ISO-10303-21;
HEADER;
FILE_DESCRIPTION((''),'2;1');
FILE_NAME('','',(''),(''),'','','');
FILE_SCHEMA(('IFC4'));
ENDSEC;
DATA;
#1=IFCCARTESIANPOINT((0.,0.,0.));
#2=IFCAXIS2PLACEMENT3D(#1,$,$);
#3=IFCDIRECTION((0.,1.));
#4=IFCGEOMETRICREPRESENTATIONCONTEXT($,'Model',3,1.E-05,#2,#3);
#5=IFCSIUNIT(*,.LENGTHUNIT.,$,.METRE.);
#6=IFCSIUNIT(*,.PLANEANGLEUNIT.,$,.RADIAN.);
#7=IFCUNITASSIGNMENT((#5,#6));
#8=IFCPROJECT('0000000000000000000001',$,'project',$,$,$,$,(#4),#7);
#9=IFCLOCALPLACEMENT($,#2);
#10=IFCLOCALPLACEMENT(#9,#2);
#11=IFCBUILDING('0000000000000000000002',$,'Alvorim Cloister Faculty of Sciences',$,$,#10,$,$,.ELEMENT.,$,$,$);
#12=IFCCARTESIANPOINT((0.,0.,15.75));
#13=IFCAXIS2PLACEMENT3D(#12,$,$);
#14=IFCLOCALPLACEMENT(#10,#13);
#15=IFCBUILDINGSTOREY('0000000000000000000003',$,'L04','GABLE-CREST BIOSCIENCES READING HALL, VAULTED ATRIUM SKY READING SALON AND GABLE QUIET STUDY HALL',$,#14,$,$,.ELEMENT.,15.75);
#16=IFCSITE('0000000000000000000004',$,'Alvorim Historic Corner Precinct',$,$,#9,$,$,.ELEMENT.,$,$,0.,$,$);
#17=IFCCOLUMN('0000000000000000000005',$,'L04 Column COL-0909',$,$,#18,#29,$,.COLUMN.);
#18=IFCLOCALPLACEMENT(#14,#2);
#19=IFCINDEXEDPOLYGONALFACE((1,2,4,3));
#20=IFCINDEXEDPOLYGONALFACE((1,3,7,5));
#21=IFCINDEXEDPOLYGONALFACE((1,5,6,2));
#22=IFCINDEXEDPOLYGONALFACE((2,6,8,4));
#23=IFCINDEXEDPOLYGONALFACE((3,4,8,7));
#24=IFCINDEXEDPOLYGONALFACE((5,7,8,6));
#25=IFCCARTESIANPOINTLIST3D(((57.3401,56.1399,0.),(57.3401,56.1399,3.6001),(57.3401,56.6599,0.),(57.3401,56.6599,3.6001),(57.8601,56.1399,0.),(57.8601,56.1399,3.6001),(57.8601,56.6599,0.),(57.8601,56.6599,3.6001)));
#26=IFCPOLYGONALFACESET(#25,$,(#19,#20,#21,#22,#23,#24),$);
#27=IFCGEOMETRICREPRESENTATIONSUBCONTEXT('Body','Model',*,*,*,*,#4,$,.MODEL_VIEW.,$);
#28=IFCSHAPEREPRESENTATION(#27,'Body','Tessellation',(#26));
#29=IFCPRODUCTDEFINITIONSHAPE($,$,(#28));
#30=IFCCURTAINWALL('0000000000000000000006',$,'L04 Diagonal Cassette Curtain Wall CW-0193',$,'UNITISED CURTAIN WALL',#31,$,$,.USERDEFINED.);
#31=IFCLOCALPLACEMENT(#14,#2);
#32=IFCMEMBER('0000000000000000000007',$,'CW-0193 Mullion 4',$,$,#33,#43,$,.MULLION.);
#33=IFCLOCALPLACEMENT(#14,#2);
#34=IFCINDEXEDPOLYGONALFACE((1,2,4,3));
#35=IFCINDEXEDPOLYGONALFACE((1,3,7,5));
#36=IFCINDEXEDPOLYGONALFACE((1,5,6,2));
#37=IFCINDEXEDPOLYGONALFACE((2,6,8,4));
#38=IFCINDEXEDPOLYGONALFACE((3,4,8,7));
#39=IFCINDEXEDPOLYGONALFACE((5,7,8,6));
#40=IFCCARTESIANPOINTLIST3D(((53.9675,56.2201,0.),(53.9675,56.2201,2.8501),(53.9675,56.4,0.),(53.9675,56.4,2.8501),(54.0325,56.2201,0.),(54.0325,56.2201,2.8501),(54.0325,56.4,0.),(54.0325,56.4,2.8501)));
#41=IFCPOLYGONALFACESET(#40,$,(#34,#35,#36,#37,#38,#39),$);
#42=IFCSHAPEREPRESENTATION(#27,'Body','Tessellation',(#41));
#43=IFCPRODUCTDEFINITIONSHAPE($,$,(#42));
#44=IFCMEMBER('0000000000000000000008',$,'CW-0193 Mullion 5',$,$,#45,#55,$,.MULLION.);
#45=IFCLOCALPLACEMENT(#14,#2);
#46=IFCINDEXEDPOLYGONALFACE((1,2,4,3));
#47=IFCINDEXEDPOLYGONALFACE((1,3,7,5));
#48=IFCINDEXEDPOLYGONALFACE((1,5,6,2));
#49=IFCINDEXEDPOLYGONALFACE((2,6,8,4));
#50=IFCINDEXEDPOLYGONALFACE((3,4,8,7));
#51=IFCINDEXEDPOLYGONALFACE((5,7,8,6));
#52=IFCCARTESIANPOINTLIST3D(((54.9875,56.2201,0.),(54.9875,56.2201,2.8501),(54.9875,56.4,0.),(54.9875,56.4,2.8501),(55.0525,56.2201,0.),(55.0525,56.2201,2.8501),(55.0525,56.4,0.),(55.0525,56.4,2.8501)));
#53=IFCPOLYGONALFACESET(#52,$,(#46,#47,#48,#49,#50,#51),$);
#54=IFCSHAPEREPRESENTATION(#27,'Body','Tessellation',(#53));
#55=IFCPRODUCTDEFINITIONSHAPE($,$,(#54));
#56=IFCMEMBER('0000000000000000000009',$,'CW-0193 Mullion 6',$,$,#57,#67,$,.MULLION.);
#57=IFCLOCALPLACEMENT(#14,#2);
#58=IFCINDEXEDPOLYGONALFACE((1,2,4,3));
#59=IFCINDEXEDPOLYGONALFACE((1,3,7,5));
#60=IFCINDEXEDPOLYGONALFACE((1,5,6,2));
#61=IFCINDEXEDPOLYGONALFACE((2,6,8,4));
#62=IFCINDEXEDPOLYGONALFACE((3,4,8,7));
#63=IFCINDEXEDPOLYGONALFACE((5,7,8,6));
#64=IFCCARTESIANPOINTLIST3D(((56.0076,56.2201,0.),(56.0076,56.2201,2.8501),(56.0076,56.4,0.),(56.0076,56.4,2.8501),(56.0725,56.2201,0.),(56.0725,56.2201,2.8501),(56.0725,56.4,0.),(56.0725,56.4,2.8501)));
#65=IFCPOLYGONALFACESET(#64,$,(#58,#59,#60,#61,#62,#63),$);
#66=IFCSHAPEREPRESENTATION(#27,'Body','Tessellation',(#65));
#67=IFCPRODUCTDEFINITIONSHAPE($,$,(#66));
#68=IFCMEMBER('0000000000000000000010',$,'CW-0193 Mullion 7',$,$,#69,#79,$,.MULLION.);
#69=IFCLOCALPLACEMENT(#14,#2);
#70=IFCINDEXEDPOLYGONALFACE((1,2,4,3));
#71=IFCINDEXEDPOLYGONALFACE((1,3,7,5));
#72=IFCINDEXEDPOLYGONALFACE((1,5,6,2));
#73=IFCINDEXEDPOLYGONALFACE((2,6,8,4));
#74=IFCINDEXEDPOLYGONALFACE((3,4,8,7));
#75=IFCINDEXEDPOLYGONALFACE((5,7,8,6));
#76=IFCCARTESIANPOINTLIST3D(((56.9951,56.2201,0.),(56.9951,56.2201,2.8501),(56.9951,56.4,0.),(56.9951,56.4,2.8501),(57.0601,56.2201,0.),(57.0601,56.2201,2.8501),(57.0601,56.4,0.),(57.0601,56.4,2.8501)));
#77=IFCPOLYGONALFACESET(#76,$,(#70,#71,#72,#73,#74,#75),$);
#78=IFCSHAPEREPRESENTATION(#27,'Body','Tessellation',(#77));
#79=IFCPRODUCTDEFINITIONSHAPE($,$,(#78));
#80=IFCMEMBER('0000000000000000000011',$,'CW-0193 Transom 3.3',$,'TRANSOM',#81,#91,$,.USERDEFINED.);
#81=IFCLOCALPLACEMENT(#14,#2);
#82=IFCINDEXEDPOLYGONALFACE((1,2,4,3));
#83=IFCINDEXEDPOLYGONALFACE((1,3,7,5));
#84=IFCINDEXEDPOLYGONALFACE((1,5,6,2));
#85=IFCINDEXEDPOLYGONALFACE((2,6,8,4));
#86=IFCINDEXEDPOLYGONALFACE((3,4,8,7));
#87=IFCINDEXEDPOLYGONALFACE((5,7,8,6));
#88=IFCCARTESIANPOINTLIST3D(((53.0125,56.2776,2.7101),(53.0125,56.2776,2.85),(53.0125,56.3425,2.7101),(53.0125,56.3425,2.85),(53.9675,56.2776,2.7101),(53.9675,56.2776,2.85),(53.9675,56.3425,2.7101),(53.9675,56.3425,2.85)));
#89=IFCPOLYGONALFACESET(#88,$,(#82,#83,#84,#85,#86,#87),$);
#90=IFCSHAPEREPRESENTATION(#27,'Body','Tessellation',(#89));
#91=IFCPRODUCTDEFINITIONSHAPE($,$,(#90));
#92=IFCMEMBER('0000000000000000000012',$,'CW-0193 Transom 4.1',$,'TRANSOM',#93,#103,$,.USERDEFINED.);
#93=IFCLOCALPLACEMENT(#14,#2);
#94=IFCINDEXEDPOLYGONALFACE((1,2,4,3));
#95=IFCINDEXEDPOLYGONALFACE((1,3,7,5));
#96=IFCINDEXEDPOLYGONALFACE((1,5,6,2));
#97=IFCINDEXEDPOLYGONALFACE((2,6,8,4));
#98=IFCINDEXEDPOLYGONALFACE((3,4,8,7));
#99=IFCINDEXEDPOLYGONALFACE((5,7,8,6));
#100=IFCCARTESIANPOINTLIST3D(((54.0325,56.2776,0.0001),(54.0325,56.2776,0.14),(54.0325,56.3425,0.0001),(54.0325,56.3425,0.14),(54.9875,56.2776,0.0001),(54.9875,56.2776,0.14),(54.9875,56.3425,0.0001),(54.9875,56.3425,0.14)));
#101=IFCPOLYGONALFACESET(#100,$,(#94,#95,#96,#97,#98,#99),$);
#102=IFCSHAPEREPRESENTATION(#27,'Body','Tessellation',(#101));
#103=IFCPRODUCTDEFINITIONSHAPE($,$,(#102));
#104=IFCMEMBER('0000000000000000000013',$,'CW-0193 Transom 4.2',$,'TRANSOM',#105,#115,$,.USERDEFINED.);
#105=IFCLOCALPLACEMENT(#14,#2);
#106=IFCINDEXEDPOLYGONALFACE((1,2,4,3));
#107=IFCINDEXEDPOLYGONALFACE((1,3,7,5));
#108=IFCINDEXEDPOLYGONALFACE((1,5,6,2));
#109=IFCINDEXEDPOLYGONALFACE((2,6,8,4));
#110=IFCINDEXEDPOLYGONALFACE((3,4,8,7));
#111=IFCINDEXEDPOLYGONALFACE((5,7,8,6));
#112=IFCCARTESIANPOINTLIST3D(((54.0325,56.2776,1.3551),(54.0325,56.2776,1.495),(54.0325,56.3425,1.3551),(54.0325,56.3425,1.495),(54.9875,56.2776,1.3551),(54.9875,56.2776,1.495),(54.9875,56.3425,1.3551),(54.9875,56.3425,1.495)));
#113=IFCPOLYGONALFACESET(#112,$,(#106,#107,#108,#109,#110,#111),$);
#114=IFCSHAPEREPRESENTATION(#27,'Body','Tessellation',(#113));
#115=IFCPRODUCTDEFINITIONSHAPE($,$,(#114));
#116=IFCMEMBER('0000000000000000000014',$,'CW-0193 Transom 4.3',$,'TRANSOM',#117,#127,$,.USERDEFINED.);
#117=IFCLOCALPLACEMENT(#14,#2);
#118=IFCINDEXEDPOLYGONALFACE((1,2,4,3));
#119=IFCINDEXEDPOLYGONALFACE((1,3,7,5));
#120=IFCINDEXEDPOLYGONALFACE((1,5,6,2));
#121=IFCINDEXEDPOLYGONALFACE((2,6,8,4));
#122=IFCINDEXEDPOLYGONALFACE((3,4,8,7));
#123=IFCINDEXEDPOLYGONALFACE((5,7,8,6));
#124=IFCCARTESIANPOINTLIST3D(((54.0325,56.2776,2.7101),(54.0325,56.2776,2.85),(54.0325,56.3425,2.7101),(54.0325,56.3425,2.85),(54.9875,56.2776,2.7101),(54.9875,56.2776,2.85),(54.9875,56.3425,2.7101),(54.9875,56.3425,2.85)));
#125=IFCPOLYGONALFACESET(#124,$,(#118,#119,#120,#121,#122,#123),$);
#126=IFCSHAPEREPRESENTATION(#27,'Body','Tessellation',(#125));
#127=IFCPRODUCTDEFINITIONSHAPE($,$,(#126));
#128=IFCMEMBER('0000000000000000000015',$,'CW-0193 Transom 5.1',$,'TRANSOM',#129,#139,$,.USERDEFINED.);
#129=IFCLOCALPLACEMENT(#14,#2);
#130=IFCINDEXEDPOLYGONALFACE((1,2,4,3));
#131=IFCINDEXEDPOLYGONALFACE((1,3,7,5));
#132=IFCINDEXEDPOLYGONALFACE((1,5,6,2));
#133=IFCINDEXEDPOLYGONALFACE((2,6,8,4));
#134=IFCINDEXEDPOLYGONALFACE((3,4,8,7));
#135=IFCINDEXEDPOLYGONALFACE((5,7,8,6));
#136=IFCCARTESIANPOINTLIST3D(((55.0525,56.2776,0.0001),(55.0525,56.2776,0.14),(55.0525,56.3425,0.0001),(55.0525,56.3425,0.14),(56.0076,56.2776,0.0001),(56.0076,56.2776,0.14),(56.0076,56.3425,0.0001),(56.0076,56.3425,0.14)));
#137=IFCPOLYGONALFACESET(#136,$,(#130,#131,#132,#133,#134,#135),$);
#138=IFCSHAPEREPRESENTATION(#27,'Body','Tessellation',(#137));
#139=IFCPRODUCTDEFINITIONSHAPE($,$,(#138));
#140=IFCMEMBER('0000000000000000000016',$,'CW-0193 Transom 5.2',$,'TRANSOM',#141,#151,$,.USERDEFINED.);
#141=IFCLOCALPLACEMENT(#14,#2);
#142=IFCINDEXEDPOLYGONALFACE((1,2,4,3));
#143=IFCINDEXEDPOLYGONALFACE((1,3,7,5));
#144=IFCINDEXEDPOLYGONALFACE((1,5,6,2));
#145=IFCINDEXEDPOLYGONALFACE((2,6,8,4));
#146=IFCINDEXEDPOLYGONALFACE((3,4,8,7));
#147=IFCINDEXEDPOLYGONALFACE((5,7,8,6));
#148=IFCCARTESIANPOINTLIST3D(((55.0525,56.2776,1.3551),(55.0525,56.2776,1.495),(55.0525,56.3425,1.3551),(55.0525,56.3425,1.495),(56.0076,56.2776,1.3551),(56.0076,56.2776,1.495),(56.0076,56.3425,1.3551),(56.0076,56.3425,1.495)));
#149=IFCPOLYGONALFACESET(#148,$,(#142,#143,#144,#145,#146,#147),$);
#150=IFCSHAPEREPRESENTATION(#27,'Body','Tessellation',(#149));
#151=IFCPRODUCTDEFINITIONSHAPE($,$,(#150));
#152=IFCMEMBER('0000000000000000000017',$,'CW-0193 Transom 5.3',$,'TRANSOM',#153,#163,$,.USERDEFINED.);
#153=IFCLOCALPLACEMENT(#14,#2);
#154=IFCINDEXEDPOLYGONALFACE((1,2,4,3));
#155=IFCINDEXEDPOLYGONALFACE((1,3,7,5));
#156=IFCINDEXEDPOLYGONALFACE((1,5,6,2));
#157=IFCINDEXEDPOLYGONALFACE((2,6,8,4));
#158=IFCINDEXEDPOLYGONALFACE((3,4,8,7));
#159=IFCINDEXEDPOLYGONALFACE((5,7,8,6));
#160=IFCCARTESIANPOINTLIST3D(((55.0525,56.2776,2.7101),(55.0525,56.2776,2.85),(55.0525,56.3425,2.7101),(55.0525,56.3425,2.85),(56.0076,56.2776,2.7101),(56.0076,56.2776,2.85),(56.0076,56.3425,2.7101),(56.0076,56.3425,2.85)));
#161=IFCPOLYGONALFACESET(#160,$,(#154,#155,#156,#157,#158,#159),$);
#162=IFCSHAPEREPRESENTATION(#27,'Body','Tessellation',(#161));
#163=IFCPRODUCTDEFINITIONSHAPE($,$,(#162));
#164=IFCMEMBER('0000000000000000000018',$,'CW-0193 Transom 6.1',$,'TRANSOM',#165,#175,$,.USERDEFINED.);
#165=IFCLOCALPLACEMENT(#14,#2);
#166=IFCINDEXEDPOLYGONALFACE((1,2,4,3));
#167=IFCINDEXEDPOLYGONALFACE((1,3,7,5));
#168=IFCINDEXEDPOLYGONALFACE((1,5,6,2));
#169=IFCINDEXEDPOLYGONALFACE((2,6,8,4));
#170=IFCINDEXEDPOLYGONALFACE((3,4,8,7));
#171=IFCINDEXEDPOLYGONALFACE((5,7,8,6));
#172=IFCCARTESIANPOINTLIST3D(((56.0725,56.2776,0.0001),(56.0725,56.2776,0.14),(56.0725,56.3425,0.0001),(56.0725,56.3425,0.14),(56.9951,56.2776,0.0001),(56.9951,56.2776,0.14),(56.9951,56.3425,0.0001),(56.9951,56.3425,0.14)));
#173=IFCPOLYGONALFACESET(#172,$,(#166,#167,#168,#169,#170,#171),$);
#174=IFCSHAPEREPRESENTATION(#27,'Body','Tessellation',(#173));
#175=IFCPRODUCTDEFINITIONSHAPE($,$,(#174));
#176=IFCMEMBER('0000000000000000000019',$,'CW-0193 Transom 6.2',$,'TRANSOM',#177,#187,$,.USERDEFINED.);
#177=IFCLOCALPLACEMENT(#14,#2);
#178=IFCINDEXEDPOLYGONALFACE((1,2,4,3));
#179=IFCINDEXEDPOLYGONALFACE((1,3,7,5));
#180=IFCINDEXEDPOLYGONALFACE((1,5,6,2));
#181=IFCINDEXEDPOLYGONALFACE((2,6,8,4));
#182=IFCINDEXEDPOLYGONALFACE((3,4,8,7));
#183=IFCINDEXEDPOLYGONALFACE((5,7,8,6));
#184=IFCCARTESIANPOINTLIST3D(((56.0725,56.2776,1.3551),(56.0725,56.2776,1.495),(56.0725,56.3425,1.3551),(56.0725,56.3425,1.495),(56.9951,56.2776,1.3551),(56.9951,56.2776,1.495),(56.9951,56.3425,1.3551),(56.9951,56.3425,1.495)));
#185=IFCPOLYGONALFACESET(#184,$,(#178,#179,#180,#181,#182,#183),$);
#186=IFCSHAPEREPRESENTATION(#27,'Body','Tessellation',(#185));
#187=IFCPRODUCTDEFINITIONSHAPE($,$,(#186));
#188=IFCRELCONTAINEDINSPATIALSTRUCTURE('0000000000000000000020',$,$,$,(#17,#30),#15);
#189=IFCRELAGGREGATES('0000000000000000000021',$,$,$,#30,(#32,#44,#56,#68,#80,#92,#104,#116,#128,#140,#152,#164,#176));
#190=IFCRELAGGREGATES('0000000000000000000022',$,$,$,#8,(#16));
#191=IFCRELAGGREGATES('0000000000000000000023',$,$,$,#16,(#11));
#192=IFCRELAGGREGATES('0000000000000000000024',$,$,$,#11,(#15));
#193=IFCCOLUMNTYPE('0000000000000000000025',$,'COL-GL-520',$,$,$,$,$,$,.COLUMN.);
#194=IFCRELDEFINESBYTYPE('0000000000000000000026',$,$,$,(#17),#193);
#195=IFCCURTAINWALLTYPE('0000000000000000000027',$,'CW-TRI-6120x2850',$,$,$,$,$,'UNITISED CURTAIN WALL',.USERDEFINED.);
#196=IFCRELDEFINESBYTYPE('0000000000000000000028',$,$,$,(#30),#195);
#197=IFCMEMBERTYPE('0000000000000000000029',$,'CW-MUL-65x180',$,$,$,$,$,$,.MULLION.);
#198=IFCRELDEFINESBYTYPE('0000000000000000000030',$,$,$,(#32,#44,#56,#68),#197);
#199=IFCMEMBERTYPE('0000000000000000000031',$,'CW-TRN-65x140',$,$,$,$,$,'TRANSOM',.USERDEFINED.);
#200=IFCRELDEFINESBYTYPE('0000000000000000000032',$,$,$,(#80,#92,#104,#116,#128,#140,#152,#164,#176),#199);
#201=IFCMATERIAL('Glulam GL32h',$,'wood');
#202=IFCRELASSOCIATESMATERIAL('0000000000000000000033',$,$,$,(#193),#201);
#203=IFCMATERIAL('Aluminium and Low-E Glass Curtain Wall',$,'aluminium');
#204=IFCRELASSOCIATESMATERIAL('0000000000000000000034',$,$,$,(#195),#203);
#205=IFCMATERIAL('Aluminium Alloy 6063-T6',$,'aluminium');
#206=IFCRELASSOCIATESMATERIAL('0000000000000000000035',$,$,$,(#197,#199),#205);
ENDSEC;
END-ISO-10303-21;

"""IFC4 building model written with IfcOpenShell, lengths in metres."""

from ifc_helpers import new_model, si_unit, direction, frame, origin, origin_2d, place, context, subcontext, project, spatial, rectangle, extrude, material, material_profile, profile_set, type_object, element, aggregate, save


model = new_model("IFC4")

# Units and contexts
model_context = context("Model", 3, precision=1e-05, world=origin(), true_north=direction((0.0, 1.0)))
body_context = subcontext(model_context, "Body", "Model", "MODEL_VIEW")
ifc_project = project(units=[si_unit("LENGTHUNIT", "METRE"), si_unit("PLANEANGLEUNIT", "RADIAN")], contexts=[model_context])

# Site, building, storey
site_placement = place(None, origin())
site = spatial("IfcSite", under=ifc_project, at=site_placement, Name="Alvorim Historic Corner Precinct", CompositionType="ELEMENT", RefElevation=0.0)
building_placement = place(site_placement, origin())
building = spatial("IfcBuilding", under=site, at=building_placement, Name="Alvorim Cloister Faculty of Sciences", CompositionType="ELEMENT")
storey_placement = place(building_placement, frame((0.0, 0.0, 15.75)))
storey = spatial("IfcBuildingStorey", under=building, at=storey_placement, Name="L04", Description="GABLE-CREST BIOSCIENCES READING HALL, VAULTED ATRIUM SKY READING SALON AND GABLE QUIET STUDY HALL", CompositionType="ELEMENT", Elevation=15.75)

# Column
ifc_material_1 = material(Name="Glulam GL32h", Category="wood")
ifc_material_profile_1 = material_profile(ifc_material_1, rectangle(XDim=0.52, YDim=0.52, at=origin_2d()), Name="GL32-COL-520x520")
ifc_profile_set_1 = profile_set([ifc_material_profile_1], Name="Glulam GL32h")
column_type = type_object("IfcColumnType", Name="COL-GL-520", PredefinedType="COLUMN", material=ifc_profile_set_1)
column_placement = place(storey_placement, frame((57.6001, 56.3999, 0.0), z_axis=(0.0, 0.0, 1.0), x_axis=(1.0, 0.0, 0.0)))
element("IfcColumn", 1, at=column_placement, inside=storey, type_object=column_type, Name="L04 Column COL-0909", PredefinedType="COLUMN", context=body_context, shape_type="SweptSolid", body=[
    extrude(rectangle(XDim=0.52, YDim=0.52, at=origin_2d()), origin(), (0.0, 0.0, 1.0), 3.6001),
])

# Curtain wall, members
ifc_material_2 = material(Name="Aluminium and Low-E Glass Curtain Wall", Category="aluminium")
curtain_wall_type = type_object("IfcCurtainWallType", Name="CW-TRI-6120x2850", ElementType="UNITISED CURTAIN WALL", PredefinedType="USERDEFINED", material=ifc_material_2)
curtain_wall_placement = place(storey_placement, origin())
curtain_wall = element("IfcCurtainWall", 2, at=curtain_wall_placement, inside=storey, type_object=curtain_wall_type, Name="L04 Diagonal Cassette Curtain Wall CW-0193", ObjectType="UNITISED CURTAIN WALL", PredefinedType="USERDEFINED")
ifc_material_3 = material(Name="Aluminium Alloy 6063-T6", Category="aluminium")
ifc_material_profile_2 = material_profile(ifc_material_3, rectangle(XDim=0.0649, YDim=0.1799, at=origin_2d()), Name="ALU-MUL-65x180")
ifc_profile_set_2 = profile_set([ifc_material_profile_2], Name="Aluminium Alloy 6063-T6")
member_type_1 = type_object("IfcMemberType", Name="CW-MUL-65x180", PredefinedType="MULLION", material=ifc_profile_set_2)
member_1_placement = place(storey_placement, frame((54.0, 56.3101, 0.0), z_axis=(0.0, 0.0, 1.0), x_axis=(1.0, 0.0, 0.0)))
member_1 = element("IfcMember", 3, at=member_1_placement, type_object=member_type_1, Name="CW-0193 Mullion 4", PredefinedType="MULLION", context=body_context, shape_type="SweptSolid", body=[
    extrude(rectangle(XDim=0.0649, YDim=0.1799, at=origin_2d()), origin(), (0.0, 0.0, 1.0), 2.8501),
])
member_2_placement = place(storey_placement, frame((55.02, 56.3101, 0.0), z_axis=(0.0, 0.0, 1.0), x_axis=(1.0, 0.0, 0.0)))
member_2 = element("IfcMember", 4, at=member_2_placement, type_object=member_type_1, Name="CW-0193 Mullion 5", PredefinedType="MULLION", context=body_context, shape_type="SweptSolid", body=[
    extrude(rectangle(XDim=0.0649, YDim=0.1799, at=origin_2d()), origin(), (0.0, 0.0, 1.0), 2.8501),
])
member_3_placement = place(storey_placement, frame((56.04, 56.3101, 0.0), z_axis=(0.0, 0.0, 1.0), x_axis=(1.0, 0.0, 0.0)))
member_3 = element("IfcMember", 5, at=member_3_placement, type_object=member_type_1, Name="CW-0193 Mullion 6", PredefinedType="MULLION", context=body_context, shape_type="SweptSolid", body=[
    extrude(rectangle(XDim=0.0649, YDim=0.1799, at=origin_2d()), origin(), (0.0, 0.0, 1.0), 2.8501),
])
member_4_placement = place(storey_placement, frame((57.0276, 56.3101, 0.0), z_axis=(0.0, 0.0, 1.0), x_axis=(1.0, 0.0, 0.0)))
member_4 = element("IfcMember", 6, at=member_4_placement, type_object=member_type_1, Name="CW-0193 Mullion 7", PredefinedType="MULLION", context=body_context, shape_type="SweptSolid", body=[
    extrude(rectangle(XDim=0.0649, YDim=0.1799, at=origin_2d()), origin(), (0.0, 0.0, 1.0), 2.8501),
])
ifc_material_profile_3 = material_profile(ifc_material_3, rectangle(XDim=0.0649, YDim=0.1399, at=origin_2d()), Name="ALU-TRN-65x140")
ifc_profile_set_3 = profile_set([ifc_material_profile_3], Name="Aluminium Alloy 6063-T6")
member_type_2 = type_object("IfcMemberType", Name="CW-TRN-65x140", ElementType="TRANSOM", PredefinedType="USERDEFINED", material=ifc_profile_set_3)
member_5_placement = place(storey_placement, frame((53.0125, 56.3101, 2.78), z_axis=(1.0, 0.0, 0.0), x_axis=(0.0, 1.0, 0.0)))
member_5 = element("IfcMember", 7, at=member_5_placement, type_object=member_type_2, Name="CW-0193 Transom 3.3", ObjectType="TRANSOM", PredefinedType="USERDEFINED", context=body_context, shape_type="SweptSolid", body=[
    extrude(rectangle(XDim=0.0649, YDim=0.1399, at=origin_2d()), origin(), (0.0, 0.0, 1.0), 0.9551),
])
member_6_placement = place(storey_placement, frame((54.0325, 56.3101, 0.0701), z_axis=(1.0, 0.0, 0.0), x_axis=(0.0, 1.0, 0.0)))
member_6 = element("IfcMember", 8, at=member_6_placement, type_object=member_type_2, Name="CW-0193 Transom 4.1", ObjectType="TRANSOM", PredefinedType="USERDEFINED", context=body_context, shape_type="SweptSolid", body=[
    extrude(rectangle(XDim=0.0649, YDim=0.1399, at=origin_2d()), origin(), (0.0, 0.0, 1.0), 0.9551),
])
member_7_placement = place(storey_placement, frame((54.0325, 56.3101, 1.425), z_axis=(1.0, 0.0, 0.0), x_axis=(0.0, 1.0, 0.0)))
member_7 = element("IfcMember", 9, at=member_7_placement, type_object=member_type_2, Name="CW-0193 Transom 4.2", ObjectType="TRANSOM", PredefinedType="USERDEFINED", context=body_context, shape_type="SweptSolid", body=[
    extrude(rectangle(XDim=0.0649, YDim=0.1399, at=origin_2d()), origin(), (0.0, 0.0, 1.0), 0.9551),
])
member_8_placement = place(storey_placement, frame((54.0325, 56.3101, 2.78), z_axis=(1.0, 0.0, 0.0), x_axis=(0.0, 1.0, 0.0)))
member_8 = element("IfcMember", 10, at=member_8_placement, type_object=member_type_2, Name="CW-0193 Transom 4.3", ObjectType="TRANSOM", PredefinedType="USERDEFINED", context=body_context, shape_type="SweptSolid", body=[
    extrude(rectangle(XDim=0.0649, YDim=0.1399, at=origin_2d()), origin(), (0.0, 0.0, 1.0), 0.9551),
])
member_9_placement = place(storey_placement, frame((55.0525, 56.3101, 0.0701), z_axis=(1.0, 0.0, 0.0), x_axis=(0.0, 1.0, 0.0)))
member_9 = element("IfcMember", 11, at=member_9_placement, type_object=member_type_2, Name="CW-0193 Transom 5.1", ObjectType="TRANSOM", PredefinedType="USERDEFINED", context=body_context, shape_type="SweptSolid", body=[
    extrude(rectangle(XDim=0.0649, YDim=0.1399, at=origin_2d()), origin(), (0.0, 0.0, 1.0), 0.9551),
])
member_10_placement = place(storey_placement, frame((55.0525, 56.3101, 1.425), z_axis=(1.0, 0.0, 0.0), x_axis=(0.0, 1.0, 0.0)))
member_10 = element("IfcMember", 12, at=member_10_placement, type_object=member_type_2, Name="CW-0193 Transom 5.2", ObjectType="TRANSOM", PredefinedType="USERDEFINED", context=body_context, shape_type="SweptSolid", body=[
    extrude(rectangle(XDim=0.0649, YDim=0.1399, at=origin_2d()), origin(), (0.0, 0.0, 1.0), 0.9551),
])
member_11_placement = place(storey_placement, frame((55.0525, 56.3101, 2.78), z_axis=(1.0, 0.0, 0.0), x_axis=(0.0, 1.0, 0.0)))
member_11 = element("IfcMember", 13, at=member_11_placement, type_object=member_type_2, Name="CW-0193 Transom 5.3", ObjectType="TRANSOM", PredefinedType="USERDEFINED", context=body_context, shape_type="SweptSolid", body=[
    extrude(rectangle(XDim=0.0649, YDim=0.1399, at=origin_2d()), origin(), (0.0, 0.0, 1.0), 0.9551),
])
member_12_placement = place(storey_placement, frame((56.0725, 56.3101, 0.0701), z_axis=(1.0, 0.0, 0.0), x_axis=(0.0, 1.0, 0.0)))
member_12 = element("IfcMember", 14, at=member_12_placement, type_object=member_type_2, Name="CW-0193 Transom 6.1", ObjectType="TRANSOM", PredefinedType="USERDEFINED", context=body_context, shape_type="SweptSolid", body=[
    extrude(rectangle(XDim=0.0649, YDim=0.1399, at=origin_2d()), origin(), (0.0, 0.0, 1.0), 0.9226),
])
member_13_placement = place(storey_placement, frame((56.0725, 56.3101, 1.425), z_axis=(1.0, 0.0, 0.0), x_axis=(0.0, 1.0, 0.0)))
member_13 = element("IfcMember", 15, at=member_13_placement, type_object=member_type_2, Name="CW-0193 Transom 6.2", ObjectType="TRANSOM", PredefinedType="USERDEFINED", context=body_context, shape_type="SweptSolid", body=[
    extrude(rectangle(XDim=0.0649, YDim=0.1399, at=origin_2d()), origin(), (0.0, 0.0, 1.0), 0.9226),
])
aggregate(curtain_wall, [member_1, member_2, member_3, member_4, member_5, member_6, member_7, member_8, member_9, member_10, member_11, member_12, member_13])

save(model, "model.ifc")
